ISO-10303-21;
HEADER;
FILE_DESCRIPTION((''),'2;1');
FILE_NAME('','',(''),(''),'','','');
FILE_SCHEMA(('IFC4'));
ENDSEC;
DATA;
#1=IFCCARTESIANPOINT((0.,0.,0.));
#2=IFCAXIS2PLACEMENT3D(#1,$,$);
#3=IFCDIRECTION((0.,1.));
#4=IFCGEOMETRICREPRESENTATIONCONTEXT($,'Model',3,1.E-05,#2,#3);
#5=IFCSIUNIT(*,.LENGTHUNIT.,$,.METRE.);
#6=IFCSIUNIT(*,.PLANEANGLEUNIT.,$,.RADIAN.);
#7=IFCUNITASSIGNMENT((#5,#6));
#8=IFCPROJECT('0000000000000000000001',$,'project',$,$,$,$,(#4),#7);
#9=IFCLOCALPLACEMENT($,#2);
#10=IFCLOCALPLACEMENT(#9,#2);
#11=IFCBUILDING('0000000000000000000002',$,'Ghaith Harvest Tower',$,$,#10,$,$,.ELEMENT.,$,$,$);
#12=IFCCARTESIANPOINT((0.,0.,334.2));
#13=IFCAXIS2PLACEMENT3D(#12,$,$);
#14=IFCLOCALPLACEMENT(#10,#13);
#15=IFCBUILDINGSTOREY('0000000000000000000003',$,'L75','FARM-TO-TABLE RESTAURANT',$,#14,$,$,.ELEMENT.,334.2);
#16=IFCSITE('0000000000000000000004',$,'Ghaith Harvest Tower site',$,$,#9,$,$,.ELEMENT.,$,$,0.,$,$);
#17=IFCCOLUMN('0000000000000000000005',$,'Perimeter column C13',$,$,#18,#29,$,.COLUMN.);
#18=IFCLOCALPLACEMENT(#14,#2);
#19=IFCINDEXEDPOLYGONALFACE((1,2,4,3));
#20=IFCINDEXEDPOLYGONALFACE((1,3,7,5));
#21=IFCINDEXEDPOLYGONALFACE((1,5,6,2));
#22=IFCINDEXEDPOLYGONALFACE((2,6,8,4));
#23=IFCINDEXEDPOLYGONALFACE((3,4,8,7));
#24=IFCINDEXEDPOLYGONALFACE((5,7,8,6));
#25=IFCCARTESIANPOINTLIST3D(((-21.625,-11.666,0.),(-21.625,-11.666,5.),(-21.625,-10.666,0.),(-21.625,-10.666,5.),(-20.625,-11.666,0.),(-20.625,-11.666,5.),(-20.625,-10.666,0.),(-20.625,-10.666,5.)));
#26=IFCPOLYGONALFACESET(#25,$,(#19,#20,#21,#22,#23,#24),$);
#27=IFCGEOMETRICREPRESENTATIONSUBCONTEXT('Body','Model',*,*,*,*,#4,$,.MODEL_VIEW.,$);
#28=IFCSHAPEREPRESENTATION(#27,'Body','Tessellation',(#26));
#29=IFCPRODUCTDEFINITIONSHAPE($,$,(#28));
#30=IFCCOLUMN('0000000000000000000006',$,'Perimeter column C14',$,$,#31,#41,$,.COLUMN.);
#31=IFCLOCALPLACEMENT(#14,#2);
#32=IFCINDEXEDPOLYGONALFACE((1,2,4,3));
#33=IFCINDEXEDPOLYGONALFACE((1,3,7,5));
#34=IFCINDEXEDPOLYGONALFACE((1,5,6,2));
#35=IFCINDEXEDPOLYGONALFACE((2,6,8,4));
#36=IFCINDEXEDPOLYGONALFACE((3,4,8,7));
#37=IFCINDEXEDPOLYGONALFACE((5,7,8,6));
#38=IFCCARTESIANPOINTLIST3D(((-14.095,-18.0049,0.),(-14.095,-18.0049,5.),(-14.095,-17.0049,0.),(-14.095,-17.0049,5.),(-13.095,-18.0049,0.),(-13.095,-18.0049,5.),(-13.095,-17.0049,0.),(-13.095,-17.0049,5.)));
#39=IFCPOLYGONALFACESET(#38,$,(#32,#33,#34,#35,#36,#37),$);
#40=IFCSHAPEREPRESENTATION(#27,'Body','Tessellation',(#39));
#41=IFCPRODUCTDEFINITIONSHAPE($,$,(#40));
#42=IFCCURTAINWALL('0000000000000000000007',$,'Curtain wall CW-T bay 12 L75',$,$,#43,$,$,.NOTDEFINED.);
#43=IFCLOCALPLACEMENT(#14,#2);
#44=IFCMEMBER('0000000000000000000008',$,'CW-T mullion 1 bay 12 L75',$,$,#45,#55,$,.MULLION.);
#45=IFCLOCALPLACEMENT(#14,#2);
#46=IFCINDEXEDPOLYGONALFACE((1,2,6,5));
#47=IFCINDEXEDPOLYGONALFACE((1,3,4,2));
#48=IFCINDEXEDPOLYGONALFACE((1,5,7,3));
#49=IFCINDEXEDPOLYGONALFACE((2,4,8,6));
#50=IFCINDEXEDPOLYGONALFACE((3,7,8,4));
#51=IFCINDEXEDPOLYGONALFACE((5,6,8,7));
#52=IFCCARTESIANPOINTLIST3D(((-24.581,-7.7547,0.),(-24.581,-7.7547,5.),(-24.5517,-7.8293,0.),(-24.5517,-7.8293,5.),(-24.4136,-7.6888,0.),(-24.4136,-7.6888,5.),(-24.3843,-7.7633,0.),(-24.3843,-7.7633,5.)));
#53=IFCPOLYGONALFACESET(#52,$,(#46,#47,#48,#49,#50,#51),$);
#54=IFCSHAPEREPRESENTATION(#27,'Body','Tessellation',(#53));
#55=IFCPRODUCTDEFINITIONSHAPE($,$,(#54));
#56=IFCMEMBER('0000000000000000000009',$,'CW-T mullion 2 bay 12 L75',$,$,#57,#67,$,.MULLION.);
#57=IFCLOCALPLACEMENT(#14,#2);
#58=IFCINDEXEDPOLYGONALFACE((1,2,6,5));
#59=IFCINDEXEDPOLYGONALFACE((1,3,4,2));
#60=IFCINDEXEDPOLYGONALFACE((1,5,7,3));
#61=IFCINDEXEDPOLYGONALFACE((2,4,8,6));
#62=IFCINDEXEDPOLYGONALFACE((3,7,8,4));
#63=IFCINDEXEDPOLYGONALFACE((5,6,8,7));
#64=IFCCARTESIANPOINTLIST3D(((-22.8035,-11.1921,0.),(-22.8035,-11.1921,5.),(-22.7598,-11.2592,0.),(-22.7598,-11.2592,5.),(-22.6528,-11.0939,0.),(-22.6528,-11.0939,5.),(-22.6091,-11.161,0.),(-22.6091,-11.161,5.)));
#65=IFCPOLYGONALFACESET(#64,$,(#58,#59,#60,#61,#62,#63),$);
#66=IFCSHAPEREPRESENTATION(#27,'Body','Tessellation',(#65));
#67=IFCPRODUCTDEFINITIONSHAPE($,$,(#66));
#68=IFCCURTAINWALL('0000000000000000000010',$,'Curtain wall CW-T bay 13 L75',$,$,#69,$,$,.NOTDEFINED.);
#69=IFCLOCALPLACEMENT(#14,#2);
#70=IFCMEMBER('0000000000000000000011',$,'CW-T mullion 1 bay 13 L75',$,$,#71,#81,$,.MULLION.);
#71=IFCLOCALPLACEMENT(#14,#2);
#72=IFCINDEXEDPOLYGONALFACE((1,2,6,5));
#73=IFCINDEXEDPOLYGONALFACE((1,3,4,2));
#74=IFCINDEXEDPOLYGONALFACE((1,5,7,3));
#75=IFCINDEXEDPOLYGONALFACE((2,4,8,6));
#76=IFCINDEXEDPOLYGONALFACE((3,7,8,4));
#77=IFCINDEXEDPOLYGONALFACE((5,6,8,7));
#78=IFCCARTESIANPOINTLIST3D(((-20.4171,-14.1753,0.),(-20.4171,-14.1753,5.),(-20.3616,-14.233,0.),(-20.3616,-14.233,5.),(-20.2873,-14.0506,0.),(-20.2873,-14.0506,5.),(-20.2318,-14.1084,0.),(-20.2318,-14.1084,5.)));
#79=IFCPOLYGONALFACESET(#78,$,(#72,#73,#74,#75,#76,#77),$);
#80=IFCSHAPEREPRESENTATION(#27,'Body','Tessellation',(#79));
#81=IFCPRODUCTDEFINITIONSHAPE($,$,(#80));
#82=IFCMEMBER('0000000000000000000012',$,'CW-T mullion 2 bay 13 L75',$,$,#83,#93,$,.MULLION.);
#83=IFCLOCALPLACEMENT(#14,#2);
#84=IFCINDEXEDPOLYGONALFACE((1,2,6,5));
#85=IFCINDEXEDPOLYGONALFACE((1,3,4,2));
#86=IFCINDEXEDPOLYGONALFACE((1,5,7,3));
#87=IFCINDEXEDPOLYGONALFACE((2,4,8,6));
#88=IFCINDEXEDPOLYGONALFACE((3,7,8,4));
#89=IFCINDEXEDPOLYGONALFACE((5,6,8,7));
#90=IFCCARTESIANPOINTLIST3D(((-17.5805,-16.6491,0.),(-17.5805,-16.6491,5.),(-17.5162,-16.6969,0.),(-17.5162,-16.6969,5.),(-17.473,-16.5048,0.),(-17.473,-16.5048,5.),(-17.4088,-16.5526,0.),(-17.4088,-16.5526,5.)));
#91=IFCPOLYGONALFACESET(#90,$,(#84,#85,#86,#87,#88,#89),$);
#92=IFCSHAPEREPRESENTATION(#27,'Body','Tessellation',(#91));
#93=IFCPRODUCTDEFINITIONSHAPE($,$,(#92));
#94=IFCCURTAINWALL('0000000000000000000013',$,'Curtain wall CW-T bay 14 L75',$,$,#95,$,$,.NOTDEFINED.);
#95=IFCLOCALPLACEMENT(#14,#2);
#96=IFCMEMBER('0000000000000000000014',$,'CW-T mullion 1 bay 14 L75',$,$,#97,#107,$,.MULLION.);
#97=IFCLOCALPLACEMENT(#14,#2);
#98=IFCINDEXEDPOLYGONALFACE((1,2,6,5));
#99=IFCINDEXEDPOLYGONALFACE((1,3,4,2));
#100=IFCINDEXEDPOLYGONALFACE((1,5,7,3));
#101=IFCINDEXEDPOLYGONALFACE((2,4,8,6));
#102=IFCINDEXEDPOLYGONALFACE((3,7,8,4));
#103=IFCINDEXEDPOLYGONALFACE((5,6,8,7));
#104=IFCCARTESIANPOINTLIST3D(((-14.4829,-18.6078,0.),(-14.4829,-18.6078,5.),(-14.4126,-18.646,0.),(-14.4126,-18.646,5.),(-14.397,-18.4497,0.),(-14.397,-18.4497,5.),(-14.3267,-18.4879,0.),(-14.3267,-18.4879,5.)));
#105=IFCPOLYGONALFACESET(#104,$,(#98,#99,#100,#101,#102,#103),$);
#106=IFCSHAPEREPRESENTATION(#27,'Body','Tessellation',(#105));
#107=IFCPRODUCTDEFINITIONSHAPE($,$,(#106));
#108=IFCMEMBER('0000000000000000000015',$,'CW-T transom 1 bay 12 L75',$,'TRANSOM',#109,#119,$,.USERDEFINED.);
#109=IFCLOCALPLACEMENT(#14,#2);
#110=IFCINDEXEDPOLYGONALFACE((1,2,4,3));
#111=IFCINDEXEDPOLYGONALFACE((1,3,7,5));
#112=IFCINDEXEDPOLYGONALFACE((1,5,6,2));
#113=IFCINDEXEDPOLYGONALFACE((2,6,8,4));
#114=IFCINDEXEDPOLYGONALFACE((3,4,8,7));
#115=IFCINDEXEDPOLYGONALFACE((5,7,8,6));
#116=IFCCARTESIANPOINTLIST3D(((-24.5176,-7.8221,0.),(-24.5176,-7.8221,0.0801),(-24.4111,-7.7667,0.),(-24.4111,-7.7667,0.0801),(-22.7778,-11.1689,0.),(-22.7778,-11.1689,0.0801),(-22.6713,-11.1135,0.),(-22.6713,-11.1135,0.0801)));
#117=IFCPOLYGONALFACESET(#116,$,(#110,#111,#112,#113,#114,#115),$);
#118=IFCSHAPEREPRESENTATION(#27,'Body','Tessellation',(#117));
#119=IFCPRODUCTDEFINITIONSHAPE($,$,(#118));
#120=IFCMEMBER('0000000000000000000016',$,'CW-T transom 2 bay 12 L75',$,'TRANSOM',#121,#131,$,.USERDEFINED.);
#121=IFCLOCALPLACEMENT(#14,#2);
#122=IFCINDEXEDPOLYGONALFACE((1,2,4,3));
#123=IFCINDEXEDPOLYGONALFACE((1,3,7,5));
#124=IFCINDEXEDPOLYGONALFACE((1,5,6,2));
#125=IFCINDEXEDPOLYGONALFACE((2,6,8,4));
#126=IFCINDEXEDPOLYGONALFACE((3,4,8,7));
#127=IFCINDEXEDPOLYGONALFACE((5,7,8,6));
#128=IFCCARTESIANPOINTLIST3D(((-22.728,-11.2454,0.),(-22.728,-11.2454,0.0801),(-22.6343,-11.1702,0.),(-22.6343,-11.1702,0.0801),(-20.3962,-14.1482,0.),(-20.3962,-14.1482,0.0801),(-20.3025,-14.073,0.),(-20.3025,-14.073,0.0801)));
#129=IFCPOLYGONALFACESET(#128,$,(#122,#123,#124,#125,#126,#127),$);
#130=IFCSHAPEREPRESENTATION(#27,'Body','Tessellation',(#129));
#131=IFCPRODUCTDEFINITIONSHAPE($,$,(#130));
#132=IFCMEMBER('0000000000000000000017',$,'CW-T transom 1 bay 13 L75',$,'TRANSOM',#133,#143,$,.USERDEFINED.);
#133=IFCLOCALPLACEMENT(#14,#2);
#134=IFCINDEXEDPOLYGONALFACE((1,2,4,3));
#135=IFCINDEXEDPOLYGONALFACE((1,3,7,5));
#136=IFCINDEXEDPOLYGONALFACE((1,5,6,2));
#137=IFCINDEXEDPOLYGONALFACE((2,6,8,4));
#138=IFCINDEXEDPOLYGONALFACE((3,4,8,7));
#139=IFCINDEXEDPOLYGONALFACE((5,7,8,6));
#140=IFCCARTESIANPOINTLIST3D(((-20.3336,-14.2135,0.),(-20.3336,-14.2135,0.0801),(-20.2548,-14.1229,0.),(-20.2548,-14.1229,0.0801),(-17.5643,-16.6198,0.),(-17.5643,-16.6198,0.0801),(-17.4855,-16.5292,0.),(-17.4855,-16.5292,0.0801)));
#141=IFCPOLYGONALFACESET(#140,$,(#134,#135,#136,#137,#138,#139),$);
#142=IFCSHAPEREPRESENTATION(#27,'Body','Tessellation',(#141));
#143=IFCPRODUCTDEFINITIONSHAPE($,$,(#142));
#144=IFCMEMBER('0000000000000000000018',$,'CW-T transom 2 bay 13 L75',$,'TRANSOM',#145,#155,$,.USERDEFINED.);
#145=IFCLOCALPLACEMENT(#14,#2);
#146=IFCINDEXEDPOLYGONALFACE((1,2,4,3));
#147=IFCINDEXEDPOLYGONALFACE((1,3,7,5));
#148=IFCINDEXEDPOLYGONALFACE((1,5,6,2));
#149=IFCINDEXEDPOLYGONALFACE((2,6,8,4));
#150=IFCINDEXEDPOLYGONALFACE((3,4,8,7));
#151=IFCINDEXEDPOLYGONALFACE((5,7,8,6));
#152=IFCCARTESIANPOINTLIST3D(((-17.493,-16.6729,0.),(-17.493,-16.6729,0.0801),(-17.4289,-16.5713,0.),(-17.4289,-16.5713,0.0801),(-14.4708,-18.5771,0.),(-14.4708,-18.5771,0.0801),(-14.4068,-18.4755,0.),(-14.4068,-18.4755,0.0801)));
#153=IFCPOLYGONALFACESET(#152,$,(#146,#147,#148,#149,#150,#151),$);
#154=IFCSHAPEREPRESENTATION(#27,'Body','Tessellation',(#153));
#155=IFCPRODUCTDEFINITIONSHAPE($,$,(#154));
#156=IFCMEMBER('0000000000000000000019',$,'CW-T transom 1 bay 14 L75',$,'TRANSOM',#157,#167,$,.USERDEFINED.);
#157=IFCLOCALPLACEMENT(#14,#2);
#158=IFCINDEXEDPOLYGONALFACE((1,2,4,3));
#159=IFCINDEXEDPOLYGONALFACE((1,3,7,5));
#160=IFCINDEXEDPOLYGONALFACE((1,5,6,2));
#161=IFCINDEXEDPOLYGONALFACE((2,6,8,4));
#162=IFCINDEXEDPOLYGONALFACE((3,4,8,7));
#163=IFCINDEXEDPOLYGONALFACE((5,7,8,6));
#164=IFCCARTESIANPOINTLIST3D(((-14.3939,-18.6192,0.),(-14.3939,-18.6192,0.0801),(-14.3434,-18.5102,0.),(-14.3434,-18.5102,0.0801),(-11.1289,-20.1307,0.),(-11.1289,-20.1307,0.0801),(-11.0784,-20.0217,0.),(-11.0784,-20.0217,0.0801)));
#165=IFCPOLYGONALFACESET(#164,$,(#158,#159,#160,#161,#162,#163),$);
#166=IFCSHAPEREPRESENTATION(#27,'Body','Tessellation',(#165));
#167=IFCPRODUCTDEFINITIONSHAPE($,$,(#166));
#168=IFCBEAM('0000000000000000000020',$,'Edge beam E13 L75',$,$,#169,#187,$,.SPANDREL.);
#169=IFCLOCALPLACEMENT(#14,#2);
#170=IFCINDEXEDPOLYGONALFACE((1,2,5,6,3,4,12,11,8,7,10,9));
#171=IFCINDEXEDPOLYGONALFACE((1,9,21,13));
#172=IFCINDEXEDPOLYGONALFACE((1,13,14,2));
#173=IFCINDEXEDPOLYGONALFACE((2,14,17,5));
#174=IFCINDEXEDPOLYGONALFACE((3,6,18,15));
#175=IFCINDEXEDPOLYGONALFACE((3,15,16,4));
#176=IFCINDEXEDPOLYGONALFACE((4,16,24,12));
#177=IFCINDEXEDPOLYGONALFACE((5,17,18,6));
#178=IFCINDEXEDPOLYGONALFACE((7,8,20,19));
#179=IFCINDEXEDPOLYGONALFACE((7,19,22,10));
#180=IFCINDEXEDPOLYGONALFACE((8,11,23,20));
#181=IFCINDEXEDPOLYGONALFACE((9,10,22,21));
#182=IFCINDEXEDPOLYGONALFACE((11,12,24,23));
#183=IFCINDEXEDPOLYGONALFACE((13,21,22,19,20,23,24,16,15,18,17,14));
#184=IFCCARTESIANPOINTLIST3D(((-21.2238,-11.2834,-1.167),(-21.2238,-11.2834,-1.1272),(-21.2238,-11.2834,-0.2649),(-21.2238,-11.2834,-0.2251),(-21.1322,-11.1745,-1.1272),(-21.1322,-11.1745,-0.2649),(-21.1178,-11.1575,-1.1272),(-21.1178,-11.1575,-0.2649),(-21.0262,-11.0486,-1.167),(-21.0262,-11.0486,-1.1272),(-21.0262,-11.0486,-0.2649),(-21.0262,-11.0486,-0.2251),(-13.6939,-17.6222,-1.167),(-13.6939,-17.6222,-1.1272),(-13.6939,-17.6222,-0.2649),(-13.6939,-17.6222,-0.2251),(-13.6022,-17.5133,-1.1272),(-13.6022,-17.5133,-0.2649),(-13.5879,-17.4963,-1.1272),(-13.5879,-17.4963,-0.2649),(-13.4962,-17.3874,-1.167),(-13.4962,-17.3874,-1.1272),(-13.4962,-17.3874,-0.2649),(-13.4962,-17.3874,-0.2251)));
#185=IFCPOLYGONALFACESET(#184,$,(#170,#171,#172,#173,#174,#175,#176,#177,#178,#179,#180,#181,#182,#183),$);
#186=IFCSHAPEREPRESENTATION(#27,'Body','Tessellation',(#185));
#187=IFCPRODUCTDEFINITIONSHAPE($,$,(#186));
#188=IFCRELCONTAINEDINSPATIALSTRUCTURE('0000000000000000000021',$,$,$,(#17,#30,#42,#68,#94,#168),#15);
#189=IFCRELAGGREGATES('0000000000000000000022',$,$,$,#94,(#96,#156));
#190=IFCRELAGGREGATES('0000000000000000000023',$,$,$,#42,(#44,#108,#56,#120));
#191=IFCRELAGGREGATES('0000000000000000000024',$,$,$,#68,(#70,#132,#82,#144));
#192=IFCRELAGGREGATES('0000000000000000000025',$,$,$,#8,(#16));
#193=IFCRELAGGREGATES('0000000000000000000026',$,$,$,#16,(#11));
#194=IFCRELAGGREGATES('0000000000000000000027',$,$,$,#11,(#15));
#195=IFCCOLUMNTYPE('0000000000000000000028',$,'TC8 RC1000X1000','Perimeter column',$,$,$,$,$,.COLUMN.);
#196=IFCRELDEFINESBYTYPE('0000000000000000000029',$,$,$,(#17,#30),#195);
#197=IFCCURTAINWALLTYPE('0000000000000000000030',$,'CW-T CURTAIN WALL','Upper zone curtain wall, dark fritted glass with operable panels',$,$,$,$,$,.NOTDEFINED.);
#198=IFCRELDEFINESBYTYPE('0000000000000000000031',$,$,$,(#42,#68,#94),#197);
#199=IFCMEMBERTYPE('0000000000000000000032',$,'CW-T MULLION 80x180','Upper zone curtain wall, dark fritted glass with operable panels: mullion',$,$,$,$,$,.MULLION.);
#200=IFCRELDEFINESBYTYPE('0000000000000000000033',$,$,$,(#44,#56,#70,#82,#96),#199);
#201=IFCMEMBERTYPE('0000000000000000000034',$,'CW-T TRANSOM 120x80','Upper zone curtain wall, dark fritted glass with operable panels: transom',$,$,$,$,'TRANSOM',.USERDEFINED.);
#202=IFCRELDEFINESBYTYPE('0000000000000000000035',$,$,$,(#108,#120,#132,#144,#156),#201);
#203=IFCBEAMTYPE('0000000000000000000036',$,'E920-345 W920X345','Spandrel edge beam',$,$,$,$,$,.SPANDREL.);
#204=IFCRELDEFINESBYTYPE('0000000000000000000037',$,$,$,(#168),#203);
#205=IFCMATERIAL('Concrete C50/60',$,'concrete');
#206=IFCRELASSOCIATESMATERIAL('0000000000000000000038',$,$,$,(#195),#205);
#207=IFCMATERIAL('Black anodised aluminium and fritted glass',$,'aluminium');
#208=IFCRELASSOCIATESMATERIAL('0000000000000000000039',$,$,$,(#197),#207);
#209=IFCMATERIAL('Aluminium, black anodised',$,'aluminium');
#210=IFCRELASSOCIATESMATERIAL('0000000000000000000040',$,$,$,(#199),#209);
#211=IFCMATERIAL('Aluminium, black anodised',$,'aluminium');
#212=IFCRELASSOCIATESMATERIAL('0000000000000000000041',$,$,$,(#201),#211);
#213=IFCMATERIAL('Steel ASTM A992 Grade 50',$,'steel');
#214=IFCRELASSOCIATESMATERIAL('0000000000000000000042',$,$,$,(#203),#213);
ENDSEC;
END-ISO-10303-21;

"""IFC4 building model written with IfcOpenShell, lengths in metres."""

from ifc_helpers import new_model, si_unit, direction, frame, origin, origin_2d, place, context, subcontext, project, spatial, rectangle, i_section, extrude, material, material_profile, profile_set, type_object, element, aggregate, save


model = new_model("IFC4")

# Units and contexts
model_context = context("Model", 3, precision=1e-05, world=origin(), true_north=direction((0.0, 1.0)))
body_context = subcontext(model_context, "Body", "Model", "MODEL_VIEW")
ifc_project = project(units=[si_unit("LENGTHUNIT", "METRE"), si_unit("PLANEANGLEUNIT", "RADIAN")], contexts=[model_context])

# Site, building, storey
site_placement = place(None, origin())
site = spatial("IfcSite", under=ifc_project, at=site_placement, Name="Ghaith Harvest Tower site", CompositionType="ELEMENT", RefElevation=0.0)
building_placement = place(site_placement, origin())
building = spatial("IfcBuilding", under=site, at=building_placement, Name="Ghaith Harvest Tower", CompositionType="ELEMENT")
storey_placement = place(building_placement, frame((0.0, 0.0, 334.2)))
storey = spatial("IfcBuildingStorey", under=building, at=storey_placement, Name="L75", Description="FARM-TO-TABLE RESTAURANT", CompositionType="ELEMENT", Elevation=334.2)

# Columns
ifc_material_1 = material(Name="Concrete C50/60", Category="concrete")
ifc_material_profile_1 = material_profile(ifc_material_1, rectangle(XDim=1.0, YDim=1.0, at=origin_2d()), Name="RC1000X1000")
ifc_profile_set_1 = profile_set([ifc_material_profile_1], Name="Concrete C50/60")
column_type = type_object("IfcColumnType", Name="TC8 RC1000X1000", Description="Perimeter column", PredefinedType="COLUMN", material=ifc_profile_set_1)
for number, where, z_axis, x_axis, name in (
    (1, (-21.125, -11.166, 0.0), (0.0, 0.0, 1.0), (1.0, 0.0, 0.0), "Perimeter column C13"),
    (2, (-13.595, -17.5049, 0.0), (0.0, 0.0, 1.0), (1.0, 0.0, 0.0), "Perimeter column C14"),
):
    element("IfcColumn", number, at=place(storey_placement, frame(where, z_axis=z_axis, x_axis=x_axis)), inside=storey, type_object=column_type, Name=name, PredefinedType="COLUMN", context=body_context, shape_type="SweptSolid", body=[
        extrude(rectangle(XDim=1.0, YDim=1.0, at=origin_2d()), origin(), (0.0, 0.0, 1.0), 5.0),
    ])

# Curtain walls, members
ifc_material_2 = material(Name="Black anodised aluminium and fritted glass", Category="aluminium")
curtain_wall_type = type_object("IfcCurtainWallType", Name="CW-T CURTAIN WALL", Description="Upper zone curtain wall, dark fritted glass with operable panels", PredefinedType="NOTDEFINED", material=ifc_material_2)
curtain_wall_1_placement = place(storey_placement, origin())
curtain_wall_1 = element("IfcCurtainWall", 3, at=curtain_wall_1_placement, inside=storey, type_object=curtain_wall_type, Name="Curtain wall CW-T bay 12 L75", PredefinedType="NOTDEFINED")
ifc_material_3 = material(Name="Aluminium, black anodised", Category="aluminium")
ifc_material_profile_2 = material_profile(ifc_material_3, rectangle(XDim=0.0801, YDim=0.1799, at=origin_2d()), Name="CW-T MULLION 80x180")
ifc_profile_set_2 = profile_set([ifc_material_profile_2], Name="Aluminium, black anodised")
member_type_1 = type_object("IfcMemberType", Name="CW-T MULLION 80x180", Description="Upper zone curtain wall, dark fritted glass with operable panels: mullion", PredefinedType="MULLION", material=ifc_profile_set_2)
member_1_placement = place(storey_placement, frame((-24.4827, -7.759, 0.0), z_axis=(0.0, 0.0, 1.0), x_axis=(0.366473, -0.930429, 0.0)))
member_1 = element("IfcMember", 4, at=member_1_placement, type_object=member_type_1, Name="CW-T mullion 1 bay 12 L75", PredefinedType="MULLION", context=body_context, shape_type="SweptSolid", body=[
    extrude(rectangle(XDim=0.0801, YDim=0.1799, at=origin_2d()), origin(), (0.0, 0.0, 1.0), 5.0),
])
member_2_placement = place(storey_placement, frame((-22.7063, -11.1765, 0.0), z_axis=(0.0, 0.0, 1.0), x_axis=(0.545865, -0.837873, 0.0)))
member_2 = element("IfcMember", 5, at=member_2_placement, type_object=member_type_1, Name="CW-T mullion 2 bay 12 L75", PredefinedType="MULLION", context=body_context, shape_type="SweptSolid", body=[
    extrude(rectangle(XDim=0.0801, YDim=0.1799, at=origin_2d()), origin(), (0.0, 0.0, 1.0), 5.0),
])
curtain_wall_2_placement = place(storey_placement, origin())
curtain_wall_2 = element("IfcCurtainWall", 6, at=curtain_wall_2_placement, inside=storey, type_object=curtain_wall_type, Name="Curtain wall CW-T bay 13 L75", PredefinedType="NOTDEFINED")
member_3_placement = place(storey_placement, frame((-20.3245, -14.1418, 0.0), z_axis=(0.0, 0.0, 1.0), x_axis=(0.692826, -0.721104, 0.0)))
member_3 = element("IfcMember", 7, at=member_3_placement, type_object=member_type_1, Name="CW-T mullion 1 bay 13 L75", PredefinedType="MULLION", context=body_context, shape_type="SweptSolid", body=[
    extrude(rectangle(XDim=0.0801, YDim=0.1799, at=origin_2d()), origin(), (0.0, 0.0, 1.0), 5.0),
])
member_4_placement = place(storey_placement, frame((-17.4946, -16.6008, 0.0), z_axis=(0.0, 0.0, 1.0), x_axis=(0.80219, -0.597069, 0.0)))
member_4 = element("IfcMember", 8, at=member_4_placement, type_object=member_type_1, Name="CW-T mullion 2 bay 13 L75", PredefinedType="MULLION", context=body_context, shape_type="SweptSolid", body=[
    extrude(rectangle(XDim=0.0801, YDim=0.1799, at=origin_2d()), origin(), (0.0, 0.0, 1.0), 5.0),
])

# Curtain wall, member
curtain_wall_3_placement = place(storey_placement, origin())
curtain_wall_3 = element("IfcCurtainWall", 9, at=curtain_wall_3_placement, inside=storey, type_object=curtain_wall_type, Name="Curtain wall CW-T bay 14 L75", PredefinedType="NOTDEFINED")
member_5_placement = place(storey_placement, frame((-14.4048, -18.5479, 0.0), z_axis=(0.0, 0.0, 1.0), x_axis=(0.878672, -0.477426, 0.0)))
member_5 = element("IfcMember", 10, at=member_5_placement, type_object=member_type_1, Name="CW-T mullion 1 bay 14 L75", PredefinedType="MULLION", context=body_context, shape_type="SweptSolid", body=[
    extrude(rectangle(XDim=0.0801, YDim=0.1799, at=origin_2d()), origin(), (0.0, 0.0, 1.0), 5.0),
])

# Members
ifc_material_4 = material(Name="Aluminium, black anodised", Category="aluminium")
ifc_material_profile_3 = material_profile(ifc_material_4, rectangle(XDim=0.1201, YDim=0.0801, at=origin_2d()), Name="CW-T TRANSOM 120x80")
ifc_profile_set_3 = profile_set([ifc_material_profile_3], Name="Aluminium, black anodised")
member_type_2 = type_object("IfcMemberType", Name="CW-T TRANSOM 120x80", Description="Upper zone curtain wall, dark fritted glass with operable panels: transom", ElementType="TRANSOM", PredefinedType="USERDEFINED", material=ifc_profile_set_3)
member_6_placement = place(storey_placement, frame((-24.4644, -7.7944, 0.04), z_axis=(0.461243, -0.887274, 0.0), x_axis=(0.887274, 0.461243, 0.0)))
member_6 = element("IfcMember", 11, at=member_6_placement, type_object=member_type_2, Name="CW-T transom 1 bay 12 L75", ObjectType="TRANSOM", PredefinedType="USERDEFINED", context=body_context, shape_type="SweptSolid", body=[
    extrude(rectangle(XDim=0.1201, YDim=0.0801, at=origin_2d()), origin(), (0.0, 0.0, 1.0), 3.772),
])
member_7_placement = place(storey_placement, frame((-22.6812, -11.2078, 0.04), z_axis=(0.626253, -0.77962, 0.0), x_axis=(0.77962, 0.626253, 0.0)))
member_7 = element("IfcMember", 12, at=member_7_placement, type_object=member_type_2, Name="CW-T transom 2 bay 12 L75", ObjectType="TRANSOM", PredefinedType="USERDEFINED", context=body_context, shape_type="SweptSolid", body=[
    extrude(rectangle(XDim=0.1201, YDim=0.0801, at=origin_2d()), origin(), (0.0, 0.0, 1.0), 3.7234),
])
member_8_placement = place(storey_placement, frame((-20.2942, -14.1682, 0.04), z_axis=(0.754852, -0.655895, 0.0), x_axis=(0.655895, 0.754852, 0.0)))
member_8 = element("IfcMember", 13, at=member_8_placement, type_object=member_type_2, Name="CW-T transom 1 bay 13 L75", ObjectType="TRANSOM", PredefinedType="USERDEFINED", context=body_context, shape_type="SweptSolid", body=[
    extrude(rectangle(XDim=0.1201, YDim=0.0801, at=origin_2d()), origin(), (0.0, 0.0, 1.0), 3.6687),
])
member_9_placement = place(storey_placement, frame((-17.4609, -16.6221, 0.04), z_axis=(0.846054, -0.533098, 0.0), x_axis=(0.533098, 0.846054, 0.0)))
member_9 = element("IfcMember", 14, at=member_9_placement, type_object=member_type_2, Name="CW-T transom 2 bay 13 L75", ObjectType="TRANSOM", PredefinedType="USERDEFINED", context=body_context, shape_type="SweptSolid", body=[
    extrude(rectangle(XDim=0.1201, YDim=0.0801, at=origin_2d()), origin(), (0.0, 0.0, 1.0), 3.572),
])
member_10_placement = place(storey_placement, frame((-14.3687, -18.5647, 0.04), z_axis=(0.907472, -0.420112, 0.0), x_axis=(0.420112, 0.907472, 0.0)))
member_10 = element("IfcMember", 15, at=member_10_placement, type_object=member_type_2, Name="CW-T transom 1 bay 14 L75", ObjectType="TRANSOM", PredefinedType="USERDEFINED", context=body_context, shape_type="SweptSolid", body=[
    extrude(rectangle(XDim=0.1201, YDim=0.0801, at=origin_2d()), origin(), (0.0, 0.0, 1.0), 3.5979),
])
aggregate(curtain_wall_3, [member_5, member_10])

# Beam
ifc_material_5 = material(Name="Steel ASTM A992 Grade 50", Category="steel")
ifc_material_profile_4 = material_profile(ifc_material_5, i_section(OverallWidth=0.3069, OverallDepth=0.9419, WebThickness=0.0222, FlangeThickness=0.0398, at=origin_2d()), Name="W920X345")
ifc_profile_set_4 = profile_set([ifc_material_profile_4], Name="Steel ASTM A992 Grade 50")
beam_type = type_object("IfcBeamType", Name="E920-345 W920X345", Description="Spandrel edge beam", PredefinedType="SPANDREL", material=ifc_profile_set_4)
beam_placement = place(storey_placement, frame((-21.125, -11.166, -0.696), z_axis=(0.765022, -0.644004, 0.0), x_axis=(0.644004, 0.765022, 0.0)))
element("IfcBeam", 16, at=beam_placement, inside=storey, type_object=beam_type, Name="Edge beam E13 L75", PredefinedType="SPANDREL", context=body_context, shape_type="SweptSolid", body=[
    extrude(i_section(OverallWidth=0.3069, OverallDepth=0.9419, WebThickness=0.0222, FlangeThickness=0.0398, at=origin_2d()), origin(), (0.0, 0.0, 1.0), 9.8428),
])

aggregate(curtain_wall_1, [member_1, member_6, member_2, member_7])
aggregate(curtain_wall_2, [member_3, member_8, member_4, member_9])

save(model, "model.ifc")
